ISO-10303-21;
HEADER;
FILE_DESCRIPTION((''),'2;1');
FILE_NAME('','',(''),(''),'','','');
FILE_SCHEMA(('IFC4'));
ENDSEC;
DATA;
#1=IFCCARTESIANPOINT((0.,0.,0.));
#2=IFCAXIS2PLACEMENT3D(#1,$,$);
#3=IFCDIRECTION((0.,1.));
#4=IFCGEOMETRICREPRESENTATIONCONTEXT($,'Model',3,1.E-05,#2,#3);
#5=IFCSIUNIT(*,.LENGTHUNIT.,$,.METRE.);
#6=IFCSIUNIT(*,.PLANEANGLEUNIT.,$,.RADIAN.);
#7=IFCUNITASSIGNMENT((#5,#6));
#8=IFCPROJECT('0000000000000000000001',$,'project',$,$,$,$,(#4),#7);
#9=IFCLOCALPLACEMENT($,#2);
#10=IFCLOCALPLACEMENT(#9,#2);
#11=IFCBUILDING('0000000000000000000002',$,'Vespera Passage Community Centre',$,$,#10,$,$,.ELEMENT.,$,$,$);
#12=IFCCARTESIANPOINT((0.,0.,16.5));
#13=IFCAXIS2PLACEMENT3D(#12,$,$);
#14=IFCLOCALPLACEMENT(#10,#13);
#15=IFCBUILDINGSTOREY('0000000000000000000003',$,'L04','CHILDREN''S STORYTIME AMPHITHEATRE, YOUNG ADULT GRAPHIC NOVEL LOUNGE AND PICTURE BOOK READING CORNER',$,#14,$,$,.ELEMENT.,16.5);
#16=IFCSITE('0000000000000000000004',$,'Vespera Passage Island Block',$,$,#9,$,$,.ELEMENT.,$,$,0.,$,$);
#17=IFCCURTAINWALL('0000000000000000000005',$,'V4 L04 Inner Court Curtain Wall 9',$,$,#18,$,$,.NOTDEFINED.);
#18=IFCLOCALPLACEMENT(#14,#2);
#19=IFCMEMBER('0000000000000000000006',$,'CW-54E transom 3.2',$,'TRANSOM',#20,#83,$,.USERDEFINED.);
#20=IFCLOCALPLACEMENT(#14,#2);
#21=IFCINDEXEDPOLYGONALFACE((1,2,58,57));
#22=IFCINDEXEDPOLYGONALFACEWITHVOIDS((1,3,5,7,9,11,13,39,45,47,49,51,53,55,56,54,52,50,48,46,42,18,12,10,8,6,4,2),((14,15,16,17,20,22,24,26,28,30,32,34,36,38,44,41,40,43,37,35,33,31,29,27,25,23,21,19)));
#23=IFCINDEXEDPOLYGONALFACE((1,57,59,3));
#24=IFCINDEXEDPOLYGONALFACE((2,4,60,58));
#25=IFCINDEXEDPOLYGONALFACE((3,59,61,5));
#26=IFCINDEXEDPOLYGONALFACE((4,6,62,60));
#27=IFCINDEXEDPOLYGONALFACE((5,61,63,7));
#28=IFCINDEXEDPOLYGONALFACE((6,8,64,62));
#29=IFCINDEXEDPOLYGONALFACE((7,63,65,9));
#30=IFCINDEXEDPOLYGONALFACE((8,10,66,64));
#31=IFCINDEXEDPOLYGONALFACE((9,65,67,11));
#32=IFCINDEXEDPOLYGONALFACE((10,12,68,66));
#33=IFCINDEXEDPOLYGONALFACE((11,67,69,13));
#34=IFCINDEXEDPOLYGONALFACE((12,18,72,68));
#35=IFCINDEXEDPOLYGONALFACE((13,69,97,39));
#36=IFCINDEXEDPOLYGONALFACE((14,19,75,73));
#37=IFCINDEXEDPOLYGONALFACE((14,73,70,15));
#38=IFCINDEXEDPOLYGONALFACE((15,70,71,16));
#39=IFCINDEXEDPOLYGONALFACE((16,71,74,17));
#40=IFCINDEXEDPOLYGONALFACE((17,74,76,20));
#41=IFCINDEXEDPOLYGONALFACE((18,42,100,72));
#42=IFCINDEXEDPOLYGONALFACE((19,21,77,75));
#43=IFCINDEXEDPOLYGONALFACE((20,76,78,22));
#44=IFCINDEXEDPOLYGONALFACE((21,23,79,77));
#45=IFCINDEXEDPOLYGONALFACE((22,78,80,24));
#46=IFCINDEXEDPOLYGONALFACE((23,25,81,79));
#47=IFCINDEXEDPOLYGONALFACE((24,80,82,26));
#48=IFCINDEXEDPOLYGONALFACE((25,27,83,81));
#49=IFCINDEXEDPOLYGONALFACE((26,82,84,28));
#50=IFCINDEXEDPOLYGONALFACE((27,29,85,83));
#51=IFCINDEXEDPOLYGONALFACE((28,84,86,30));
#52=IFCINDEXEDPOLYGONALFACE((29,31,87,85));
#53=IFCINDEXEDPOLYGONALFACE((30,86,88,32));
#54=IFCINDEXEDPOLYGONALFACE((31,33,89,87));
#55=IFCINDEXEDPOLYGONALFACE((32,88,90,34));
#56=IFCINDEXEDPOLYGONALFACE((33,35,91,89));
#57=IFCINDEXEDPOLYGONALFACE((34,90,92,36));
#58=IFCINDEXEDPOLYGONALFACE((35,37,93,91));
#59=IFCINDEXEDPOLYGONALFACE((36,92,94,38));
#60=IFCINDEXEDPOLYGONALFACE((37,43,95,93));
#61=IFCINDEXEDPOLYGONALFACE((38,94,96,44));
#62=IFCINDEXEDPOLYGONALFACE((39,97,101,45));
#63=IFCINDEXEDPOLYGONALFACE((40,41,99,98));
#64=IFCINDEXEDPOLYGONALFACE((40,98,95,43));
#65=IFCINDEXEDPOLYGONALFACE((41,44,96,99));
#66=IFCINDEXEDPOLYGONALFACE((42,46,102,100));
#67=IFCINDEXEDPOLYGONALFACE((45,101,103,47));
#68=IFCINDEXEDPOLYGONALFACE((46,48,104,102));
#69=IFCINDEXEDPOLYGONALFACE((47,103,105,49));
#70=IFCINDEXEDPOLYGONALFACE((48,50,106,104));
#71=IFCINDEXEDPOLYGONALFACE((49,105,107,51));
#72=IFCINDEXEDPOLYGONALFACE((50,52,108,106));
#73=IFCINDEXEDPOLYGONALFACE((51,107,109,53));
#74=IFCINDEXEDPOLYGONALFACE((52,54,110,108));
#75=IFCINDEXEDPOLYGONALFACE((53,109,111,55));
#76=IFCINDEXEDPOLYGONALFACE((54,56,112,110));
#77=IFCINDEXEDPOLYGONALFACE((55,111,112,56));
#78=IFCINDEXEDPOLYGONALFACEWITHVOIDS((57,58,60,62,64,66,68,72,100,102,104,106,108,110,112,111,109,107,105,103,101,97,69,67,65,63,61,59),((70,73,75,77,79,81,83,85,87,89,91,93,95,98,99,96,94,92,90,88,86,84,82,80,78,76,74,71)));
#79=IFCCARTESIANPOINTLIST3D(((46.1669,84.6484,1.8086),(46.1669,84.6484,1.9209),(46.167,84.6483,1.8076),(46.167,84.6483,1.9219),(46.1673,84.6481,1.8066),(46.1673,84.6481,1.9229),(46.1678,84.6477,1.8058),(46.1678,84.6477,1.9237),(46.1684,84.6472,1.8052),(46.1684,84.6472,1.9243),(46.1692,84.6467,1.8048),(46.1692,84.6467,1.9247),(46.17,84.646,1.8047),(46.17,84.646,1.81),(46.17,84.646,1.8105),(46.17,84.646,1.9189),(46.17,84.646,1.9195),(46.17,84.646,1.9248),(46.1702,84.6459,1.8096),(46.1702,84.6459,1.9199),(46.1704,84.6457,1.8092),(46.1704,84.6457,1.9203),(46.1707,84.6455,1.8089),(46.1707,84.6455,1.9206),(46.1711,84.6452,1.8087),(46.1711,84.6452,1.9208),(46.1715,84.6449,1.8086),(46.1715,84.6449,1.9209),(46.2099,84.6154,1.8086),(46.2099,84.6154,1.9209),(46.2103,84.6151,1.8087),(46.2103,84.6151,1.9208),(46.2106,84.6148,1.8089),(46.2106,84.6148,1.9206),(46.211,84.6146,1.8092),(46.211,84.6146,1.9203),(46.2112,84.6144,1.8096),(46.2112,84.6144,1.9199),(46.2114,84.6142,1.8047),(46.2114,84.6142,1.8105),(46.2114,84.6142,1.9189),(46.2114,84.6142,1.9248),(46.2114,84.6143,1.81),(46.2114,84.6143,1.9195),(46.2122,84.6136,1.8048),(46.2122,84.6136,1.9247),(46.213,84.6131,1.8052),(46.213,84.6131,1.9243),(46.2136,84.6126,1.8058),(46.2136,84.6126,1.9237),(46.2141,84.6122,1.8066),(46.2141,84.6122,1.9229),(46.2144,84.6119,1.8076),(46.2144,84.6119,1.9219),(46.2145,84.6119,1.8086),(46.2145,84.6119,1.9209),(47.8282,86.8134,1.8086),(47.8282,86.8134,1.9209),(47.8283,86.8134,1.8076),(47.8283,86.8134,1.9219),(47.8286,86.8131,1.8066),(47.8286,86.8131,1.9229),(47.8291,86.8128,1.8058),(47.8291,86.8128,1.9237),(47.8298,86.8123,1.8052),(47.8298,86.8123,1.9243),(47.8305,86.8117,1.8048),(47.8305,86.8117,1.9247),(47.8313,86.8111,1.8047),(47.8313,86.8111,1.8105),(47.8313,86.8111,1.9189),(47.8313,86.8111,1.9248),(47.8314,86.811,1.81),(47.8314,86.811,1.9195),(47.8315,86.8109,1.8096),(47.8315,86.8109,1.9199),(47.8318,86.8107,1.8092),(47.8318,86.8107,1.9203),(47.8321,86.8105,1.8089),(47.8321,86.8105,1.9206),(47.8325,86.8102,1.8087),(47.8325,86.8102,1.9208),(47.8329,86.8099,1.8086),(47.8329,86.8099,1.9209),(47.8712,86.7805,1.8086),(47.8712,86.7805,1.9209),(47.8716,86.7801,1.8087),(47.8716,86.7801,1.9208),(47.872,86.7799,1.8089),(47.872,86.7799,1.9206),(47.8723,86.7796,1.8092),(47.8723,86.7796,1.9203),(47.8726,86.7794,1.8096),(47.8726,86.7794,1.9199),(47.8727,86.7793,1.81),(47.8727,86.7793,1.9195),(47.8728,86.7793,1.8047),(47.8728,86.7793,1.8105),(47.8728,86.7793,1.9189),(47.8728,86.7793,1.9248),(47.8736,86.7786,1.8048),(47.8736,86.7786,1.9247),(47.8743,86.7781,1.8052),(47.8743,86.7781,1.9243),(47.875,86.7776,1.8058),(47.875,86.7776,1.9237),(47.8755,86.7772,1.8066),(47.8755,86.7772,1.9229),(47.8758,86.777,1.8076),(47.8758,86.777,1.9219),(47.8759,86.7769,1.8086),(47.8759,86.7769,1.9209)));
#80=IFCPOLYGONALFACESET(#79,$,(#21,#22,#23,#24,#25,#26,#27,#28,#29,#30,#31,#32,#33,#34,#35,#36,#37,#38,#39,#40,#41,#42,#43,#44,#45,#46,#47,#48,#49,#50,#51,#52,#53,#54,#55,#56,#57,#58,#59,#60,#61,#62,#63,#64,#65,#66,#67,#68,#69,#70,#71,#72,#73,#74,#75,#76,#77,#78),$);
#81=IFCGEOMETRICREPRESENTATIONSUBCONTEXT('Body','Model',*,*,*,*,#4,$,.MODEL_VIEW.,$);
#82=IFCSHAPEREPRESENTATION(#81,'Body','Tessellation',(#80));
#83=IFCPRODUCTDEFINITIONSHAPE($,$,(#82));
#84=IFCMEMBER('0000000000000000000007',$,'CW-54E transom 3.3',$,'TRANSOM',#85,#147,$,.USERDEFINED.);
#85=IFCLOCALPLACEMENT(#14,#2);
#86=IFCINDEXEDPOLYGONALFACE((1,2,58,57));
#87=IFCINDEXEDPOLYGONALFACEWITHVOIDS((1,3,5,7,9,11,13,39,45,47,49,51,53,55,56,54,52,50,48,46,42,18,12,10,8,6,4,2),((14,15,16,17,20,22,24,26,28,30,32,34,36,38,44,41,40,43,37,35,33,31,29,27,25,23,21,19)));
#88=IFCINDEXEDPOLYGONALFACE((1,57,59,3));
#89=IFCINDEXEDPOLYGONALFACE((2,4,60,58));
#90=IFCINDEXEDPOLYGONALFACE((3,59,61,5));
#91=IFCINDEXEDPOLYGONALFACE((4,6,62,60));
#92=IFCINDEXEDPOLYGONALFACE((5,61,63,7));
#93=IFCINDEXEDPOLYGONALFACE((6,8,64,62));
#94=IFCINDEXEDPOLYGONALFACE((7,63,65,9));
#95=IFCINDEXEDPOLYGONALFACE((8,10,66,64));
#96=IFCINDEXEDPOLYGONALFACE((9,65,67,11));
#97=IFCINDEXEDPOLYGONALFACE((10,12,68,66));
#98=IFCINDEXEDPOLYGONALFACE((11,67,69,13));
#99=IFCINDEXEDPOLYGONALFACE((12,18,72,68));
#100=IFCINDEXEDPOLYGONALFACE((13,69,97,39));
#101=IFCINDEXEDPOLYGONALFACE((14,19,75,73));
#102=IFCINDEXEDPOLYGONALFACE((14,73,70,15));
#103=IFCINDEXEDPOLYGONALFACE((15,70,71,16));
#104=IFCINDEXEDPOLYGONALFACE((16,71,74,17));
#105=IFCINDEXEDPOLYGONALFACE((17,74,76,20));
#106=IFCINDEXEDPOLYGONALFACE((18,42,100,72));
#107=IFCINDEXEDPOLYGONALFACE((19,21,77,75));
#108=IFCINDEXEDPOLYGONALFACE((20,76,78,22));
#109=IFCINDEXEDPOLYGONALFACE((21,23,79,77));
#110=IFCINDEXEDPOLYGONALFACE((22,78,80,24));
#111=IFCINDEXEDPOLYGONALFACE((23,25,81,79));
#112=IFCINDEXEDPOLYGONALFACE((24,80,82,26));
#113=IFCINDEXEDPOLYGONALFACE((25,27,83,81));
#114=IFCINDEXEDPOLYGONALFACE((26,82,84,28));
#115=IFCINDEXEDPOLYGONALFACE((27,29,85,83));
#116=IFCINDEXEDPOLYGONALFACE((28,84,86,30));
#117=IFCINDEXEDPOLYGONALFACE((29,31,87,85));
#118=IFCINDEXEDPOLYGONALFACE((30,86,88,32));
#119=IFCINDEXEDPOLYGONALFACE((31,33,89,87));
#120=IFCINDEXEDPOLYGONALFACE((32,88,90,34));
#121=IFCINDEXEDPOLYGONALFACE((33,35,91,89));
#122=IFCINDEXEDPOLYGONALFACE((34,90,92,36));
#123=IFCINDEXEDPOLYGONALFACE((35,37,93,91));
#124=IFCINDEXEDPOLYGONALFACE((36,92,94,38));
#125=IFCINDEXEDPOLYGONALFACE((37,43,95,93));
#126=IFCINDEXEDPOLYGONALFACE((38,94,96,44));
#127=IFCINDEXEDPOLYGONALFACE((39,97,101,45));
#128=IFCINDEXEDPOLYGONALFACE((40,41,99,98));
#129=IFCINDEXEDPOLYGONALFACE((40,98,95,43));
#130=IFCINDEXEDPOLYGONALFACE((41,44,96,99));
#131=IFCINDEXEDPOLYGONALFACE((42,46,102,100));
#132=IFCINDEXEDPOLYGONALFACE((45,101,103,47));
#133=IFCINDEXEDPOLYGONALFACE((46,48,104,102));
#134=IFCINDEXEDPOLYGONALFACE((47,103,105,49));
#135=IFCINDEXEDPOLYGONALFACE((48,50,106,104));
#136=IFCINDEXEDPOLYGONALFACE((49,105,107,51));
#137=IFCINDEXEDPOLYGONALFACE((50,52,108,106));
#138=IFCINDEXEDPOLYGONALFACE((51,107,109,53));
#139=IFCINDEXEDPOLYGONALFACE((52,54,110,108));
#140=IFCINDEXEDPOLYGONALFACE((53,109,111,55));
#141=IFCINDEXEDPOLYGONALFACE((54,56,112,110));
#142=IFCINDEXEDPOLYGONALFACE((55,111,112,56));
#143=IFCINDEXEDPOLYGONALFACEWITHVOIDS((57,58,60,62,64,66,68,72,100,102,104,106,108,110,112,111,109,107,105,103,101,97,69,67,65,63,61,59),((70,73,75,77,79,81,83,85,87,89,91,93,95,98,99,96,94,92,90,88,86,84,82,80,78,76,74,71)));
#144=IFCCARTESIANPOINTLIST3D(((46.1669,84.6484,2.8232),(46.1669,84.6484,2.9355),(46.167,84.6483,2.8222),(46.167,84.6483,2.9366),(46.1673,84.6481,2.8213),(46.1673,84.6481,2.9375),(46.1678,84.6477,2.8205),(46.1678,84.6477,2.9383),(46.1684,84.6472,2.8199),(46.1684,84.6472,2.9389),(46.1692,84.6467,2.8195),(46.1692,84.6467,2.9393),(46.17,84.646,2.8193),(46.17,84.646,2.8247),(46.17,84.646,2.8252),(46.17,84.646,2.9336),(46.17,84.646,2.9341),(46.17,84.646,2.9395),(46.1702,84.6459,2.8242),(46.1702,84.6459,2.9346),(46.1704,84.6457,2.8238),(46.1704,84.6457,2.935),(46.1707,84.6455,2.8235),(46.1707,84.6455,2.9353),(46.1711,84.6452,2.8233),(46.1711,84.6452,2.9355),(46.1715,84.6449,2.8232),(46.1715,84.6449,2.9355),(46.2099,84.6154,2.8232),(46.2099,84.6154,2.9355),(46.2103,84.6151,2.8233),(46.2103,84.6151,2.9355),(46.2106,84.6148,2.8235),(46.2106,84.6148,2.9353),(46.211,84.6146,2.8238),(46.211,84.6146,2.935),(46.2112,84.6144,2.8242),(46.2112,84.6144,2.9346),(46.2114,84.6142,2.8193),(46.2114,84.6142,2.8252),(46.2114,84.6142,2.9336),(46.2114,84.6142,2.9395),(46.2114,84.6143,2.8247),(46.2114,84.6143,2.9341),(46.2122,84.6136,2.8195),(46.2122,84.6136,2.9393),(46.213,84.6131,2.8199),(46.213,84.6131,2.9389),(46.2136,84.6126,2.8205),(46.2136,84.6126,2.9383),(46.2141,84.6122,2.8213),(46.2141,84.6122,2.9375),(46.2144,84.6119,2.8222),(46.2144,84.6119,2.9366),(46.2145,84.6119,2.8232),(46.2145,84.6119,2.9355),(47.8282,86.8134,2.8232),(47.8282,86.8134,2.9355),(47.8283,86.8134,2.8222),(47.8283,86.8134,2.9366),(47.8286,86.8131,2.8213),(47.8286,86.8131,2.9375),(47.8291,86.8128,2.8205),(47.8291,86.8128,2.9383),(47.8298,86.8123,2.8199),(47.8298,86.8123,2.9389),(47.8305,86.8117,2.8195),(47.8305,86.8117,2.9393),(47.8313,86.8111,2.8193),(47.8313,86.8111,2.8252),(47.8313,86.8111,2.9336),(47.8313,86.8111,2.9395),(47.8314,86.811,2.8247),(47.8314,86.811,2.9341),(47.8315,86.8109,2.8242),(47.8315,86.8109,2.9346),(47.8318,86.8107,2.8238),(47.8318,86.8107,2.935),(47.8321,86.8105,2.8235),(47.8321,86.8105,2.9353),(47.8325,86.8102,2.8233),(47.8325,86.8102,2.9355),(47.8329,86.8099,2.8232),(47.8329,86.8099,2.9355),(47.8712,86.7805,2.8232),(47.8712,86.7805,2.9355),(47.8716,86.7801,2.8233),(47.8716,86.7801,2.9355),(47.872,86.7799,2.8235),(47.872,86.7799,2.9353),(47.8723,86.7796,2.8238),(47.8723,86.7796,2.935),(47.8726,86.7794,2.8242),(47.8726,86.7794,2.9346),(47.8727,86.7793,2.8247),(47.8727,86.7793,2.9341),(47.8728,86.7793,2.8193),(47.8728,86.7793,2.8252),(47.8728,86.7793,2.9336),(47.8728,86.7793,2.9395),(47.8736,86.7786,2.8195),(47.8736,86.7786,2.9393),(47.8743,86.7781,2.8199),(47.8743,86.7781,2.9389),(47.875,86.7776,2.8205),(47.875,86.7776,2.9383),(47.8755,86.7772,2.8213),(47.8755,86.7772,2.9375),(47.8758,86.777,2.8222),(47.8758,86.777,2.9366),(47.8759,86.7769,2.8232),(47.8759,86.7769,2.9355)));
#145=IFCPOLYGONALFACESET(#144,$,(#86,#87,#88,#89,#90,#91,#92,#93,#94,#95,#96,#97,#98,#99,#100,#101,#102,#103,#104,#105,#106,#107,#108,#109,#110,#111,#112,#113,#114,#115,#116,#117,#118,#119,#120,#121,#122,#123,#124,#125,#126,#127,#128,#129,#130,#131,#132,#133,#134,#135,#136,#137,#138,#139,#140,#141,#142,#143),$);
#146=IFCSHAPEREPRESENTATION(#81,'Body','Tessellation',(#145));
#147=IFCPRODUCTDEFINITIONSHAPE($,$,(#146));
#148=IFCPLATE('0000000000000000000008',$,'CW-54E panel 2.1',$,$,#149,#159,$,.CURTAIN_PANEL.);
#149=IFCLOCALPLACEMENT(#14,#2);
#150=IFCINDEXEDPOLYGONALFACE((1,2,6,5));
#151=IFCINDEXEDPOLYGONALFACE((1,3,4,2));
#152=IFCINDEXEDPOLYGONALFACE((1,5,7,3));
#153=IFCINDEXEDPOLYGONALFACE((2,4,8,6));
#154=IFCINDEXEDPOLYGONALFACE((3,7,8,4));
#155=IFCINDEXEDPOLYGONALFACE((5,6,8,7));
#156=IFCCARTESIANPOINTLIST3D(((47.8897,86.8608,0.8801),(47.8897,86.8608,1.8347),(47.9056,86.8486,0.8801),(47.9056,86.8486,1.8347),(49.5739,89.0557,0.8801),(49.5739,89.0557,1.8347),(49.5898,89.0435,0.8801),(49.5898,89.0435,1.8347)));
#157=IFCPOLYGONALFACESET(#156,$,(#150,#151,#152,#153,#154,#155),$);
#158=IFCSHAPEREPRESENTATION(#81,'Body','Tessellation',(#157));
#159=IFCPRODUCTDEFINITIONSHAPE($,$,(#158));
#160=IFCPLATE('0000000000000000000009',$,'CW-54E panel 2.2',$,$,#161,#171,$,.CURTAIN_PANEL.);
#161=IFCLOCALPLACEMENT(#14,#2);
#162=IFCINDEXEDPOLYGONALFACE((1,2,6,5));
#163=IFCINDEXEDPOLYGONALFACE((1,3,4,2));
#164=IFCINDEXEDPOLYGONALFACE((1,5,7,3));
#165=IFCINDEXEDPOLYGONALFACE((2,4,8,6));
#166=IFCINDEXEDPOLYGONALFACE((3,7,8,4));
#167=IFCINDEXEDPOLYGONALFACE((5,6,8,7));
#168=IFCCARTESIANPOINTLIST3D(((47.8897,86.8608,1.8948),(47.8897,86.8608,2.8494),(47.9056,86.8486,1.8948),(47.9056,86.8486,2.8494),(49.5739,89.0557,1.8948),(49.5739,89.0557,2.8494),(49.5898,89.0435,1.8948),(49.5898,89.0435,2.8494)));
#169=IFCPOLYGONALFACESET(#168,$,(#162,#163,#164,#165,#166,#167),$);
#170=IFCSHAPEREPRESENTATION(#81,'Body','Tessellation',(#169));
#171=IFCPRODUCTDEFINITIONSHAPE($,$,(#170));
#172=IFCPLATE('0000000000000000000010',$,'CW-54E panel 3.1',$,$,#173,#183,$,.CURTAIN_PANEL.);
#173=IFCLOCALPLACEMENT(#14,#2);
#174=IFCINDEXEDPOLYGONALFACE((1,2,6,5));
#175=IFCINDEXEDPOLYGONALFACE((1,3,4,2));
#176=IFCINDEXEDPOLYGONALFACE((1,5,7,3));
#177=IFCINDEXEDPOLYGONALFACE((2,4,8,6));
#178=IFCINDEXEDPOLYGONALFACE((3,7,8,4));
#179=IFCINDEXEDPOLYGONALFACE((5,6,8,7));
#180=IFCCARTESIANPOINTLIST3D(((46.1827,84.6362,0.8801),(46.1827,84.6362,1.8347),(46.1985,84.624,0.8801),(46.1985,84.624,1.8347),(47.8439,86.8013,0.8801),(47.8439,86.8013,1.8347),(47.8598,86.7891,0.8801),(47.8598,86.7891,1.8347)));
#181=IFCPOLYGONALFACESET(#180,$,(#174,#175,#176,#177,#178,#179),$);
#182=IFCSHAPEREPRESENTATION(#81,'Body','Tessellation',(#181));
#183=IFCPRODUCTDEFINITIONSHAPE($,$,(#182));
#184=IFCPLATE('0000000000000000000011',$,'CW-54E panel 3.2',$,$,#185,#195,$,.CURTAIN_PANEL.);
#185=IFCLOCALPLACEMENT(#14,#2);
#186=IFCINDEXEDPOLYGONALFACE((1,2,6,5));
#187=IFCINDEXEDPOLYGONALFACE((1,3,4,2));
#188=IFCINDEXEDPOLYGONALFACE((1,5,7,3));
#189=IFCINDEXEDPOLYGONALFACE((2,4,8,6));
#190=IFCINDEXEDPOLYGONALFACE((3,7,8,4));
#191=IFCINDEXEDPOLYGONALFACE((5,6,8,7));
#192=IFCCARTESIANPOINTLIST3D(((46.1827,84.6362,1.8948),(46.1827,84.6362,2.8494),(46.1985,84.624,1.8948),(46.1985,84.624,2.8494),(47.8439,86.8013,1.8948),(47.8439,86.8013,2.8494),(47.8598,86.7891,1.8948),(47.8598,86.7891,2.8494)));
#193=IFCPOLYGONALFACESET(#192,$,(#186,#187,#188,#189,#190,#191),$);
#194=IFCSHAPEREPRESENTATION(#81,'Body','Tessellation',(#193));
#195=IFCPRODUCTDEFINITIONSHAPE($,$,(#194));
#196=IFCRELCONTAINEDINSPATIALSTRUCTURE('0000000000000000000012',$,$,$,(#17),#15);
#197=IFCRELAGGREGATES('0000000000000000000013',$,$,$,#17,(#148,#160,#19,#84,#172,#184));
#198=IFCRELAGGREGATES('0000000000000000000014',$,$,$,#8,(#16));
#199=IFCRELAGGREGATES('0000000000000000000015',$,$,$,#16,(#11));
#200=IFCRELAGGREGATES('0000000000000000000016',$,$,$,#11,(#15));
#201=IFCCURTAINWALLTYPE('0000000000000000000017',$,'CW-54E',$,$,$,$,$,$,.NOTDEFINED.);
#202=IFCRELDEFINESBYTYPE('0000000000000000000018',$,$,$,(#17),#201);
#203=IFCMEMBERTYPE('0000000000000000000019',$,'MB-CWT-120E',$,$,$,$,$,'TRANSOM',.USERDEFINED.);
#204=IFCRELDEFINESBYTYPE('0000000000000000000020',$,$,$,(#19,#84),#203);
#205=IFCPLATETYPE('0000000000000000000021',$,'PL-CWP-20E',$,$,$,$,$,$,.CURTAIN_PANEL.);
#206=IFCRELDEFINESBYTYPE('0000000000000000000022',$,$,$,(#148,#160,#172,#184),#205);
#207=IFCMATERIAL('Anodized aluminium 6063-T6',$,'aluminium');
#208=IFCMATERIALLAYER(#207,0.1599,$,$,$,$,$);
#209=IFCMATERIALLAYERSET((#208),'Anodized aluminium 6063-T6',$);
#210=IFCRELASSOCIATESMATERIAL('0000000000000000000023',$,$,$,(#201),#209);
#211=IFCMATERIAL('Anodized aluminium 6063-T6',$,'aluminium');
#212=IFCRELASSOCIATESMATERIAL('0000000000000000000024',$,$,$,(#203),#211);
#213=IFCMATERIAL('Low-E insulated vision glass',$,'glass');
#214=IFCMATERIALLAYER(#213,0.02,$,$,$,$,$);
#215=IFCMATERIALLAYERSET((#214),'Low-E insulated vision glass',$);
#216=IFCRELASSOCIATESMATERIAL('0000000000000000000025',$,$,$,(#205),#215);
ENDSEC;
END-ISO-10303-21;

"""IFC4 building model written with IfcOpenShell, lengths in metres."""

from ifc_helpers import new_model, si_unit, direction, frame, origin, origin_2d, place, context, subcontext, project, spatial, rectangle, hollow_rectangle, extrude, material, layer, layer_set, material_profile, profile_set, type_object, element, aggregate, save


model = new_model("IFC4")

# Units and contexts
model_context = context("Model", 3, precision=1e-05, world=origin(), true_north=direction((0.0, 1.0)))
body_context = subcontext(model_context, "Body", "Model", "MODEL_VIEW")
ifc_project = project(units=[si_unit("LENGTHUNIT", "METRE"), si_unit("PLANEANGLEUNIT", "RADIAN")], contexts=[model_context])

# Site, building, storey
site_placement = place(None, origin())
site = spatial("IfcSite", under=ifc_project, at=site_placement, Name="Vespera Passage Island Block", CompositionType="ELEMENT", RefElevation=0.0)
building_placement = place(site_placement, origin())
building = spatial("IfcBuilding", under=site, at=building_placement, Name="Vespera Passage Community Centre", CompositionType="ELEMENT")
storey_placement = place(building_placement, frame((0.0, 0.0, 16.5)))
storey = spatial("IfcBuildingStorey", under=building, at=storey_placement, Name="L04", Description="CHILDREN'S STORYTIME AMPHITHEATRE, YOUNG ADULT GRAPHIC NOVEL LOUNGE AND PICTURE BOOK READING CORNER", CompositionType="ELEMENT", Elevation=16.5)

# Curtain wall, members, plates
ifc_material_1 = material(Name="Anodized aluminium 6063-T6", Category="aluminium")
ifc_layer_1 = layer(ifc_material_1, 0.1599)
ifc_layer_set_1 = layer_set([ifc_layer_1], Name="Anodized aluminium 6063-T6")
curtain_wall_type = type_object("IfcCurtainWallType", Name="CW-54E", PredefinedType="NOTDEFINED", material=ifc_layer_set_1)
curtain_wall_placement = place(storey_placement, origin())
curtain_wall = element("IfcCurtainWall", 1, at=curtain_wall_placement, inside=storey, type_object=curtain_wall_type, Name="V4 L04 Inner Court Curtain Wall 9", PredefinedType="NOTDEFINED")
ifc_material_2 = material(Name="Anodized aluminium 6063-T6", Category="aluminium")
ifc_material_profile_1 = material_profile(ifc_material_2, hollow_rectangle(XDim=0.0601, YDim=0.1201, WallThickness=0.0039, InnerFilletRadius=0.002, OuterFilletRadius=0.0039, at=origin_2d()), Name="ALU120X60X4")
ifc_profile_set_1 = profile_set([ifc_material_profile_1], Name="Anodized aluminium 6063-T6")
member_type_1 = type_object("IfcMemberType", Name="MB-CWT-120E", ElementType="TRANSOM", PredefinedType="USERDEFINED", material=ifc_profile_set_1)
member_1_placement = place(storey_placement, frame((47.8521, 86.7952, 1.8647), z_axis=(-0.608781, -0.793338, 0.0), x_axis=(0.793338, -0.608781, 0.0)))
member_1 = element("IfcMember", 2, at=member_1_placement, type_object=member_type_1, Name="CW-54E transom 3.2", ObjectType="TRANSOM", PredefinedType="USERDEFINED", context=body_context, shape_type="SweptSolid", body=[
    extrude(hollow_rectangle(XDim=0.0601, YDim=0.1201, WallThickness=0.0039, InnerFilletRadius=0.002, OuterFilletRadius=0.0039, at=origin_2d()), origin(), (0.0, 0.0, 1.0), 2.729),
])
member_2_placement = place(storey_placement, frame((47.8521, 86.7952, 2.8794), z_axis=(-0.608781, -0.793338, 0.0), x_axis=(0.793338, -0.608781, 0.0)))
member_2 = element("IfcMember", 3, at=member_2_placement, type_object=member_type_1, Name="CW-54E transom 3.3", ObjectType="TRANSOM", PredefinedType="USERDEFINED", context=body_context, shape_type="SweptSolid", body=[
    extrude(hollow_rectangle(XDim=0.0601, YDim=0.1201, WallThickness=0.0039, InnerFilletRadius=0.002, OuterFilletRadius=0.0039, at=origin_2d()), origin(), (0.0, 0.0, 1.0), 2.729),
])
ifc_material_3 = material(Name="Low-E insulated vision glass", Category="glass")
ifc_layer_2 = layer(ifc_material_3, 0.02)
ifc_layer_set_2 = layer_set([ifc_layer_2], Name="Low-E insulated vision glass")
plate_type = type_object("IfcPlateType", Name="PL-CWP-20E", PredefinedType="CURTAIN_PANEL", material=ifc_layer_set_2)
plate_1_placement = place(storey_placement, frame((48.7397, 87.9521, 0.8801), z_axis=(0.0, 0.0, 1.0), x_axis=(-0.608755, -0.793358, 0.0)))
plate_1 = element("IfcPlate", 4, at=plate_1_placement, type_object=plate_type, Name="CW-54E panel 2.1", PredefinedType="CURTAIN_PANEL", context=body_context, shape_type="SweptSolid", body=[
    extrude(rectangle(XDim=2.7666, YDim=0.02, at=origin_2d()), origin(), (0.0, 0.0, 1.0), 0.9546),
])
plate_2_placement = place(storey_placement, frame((48.7397, 87.9521, 1.8948), z_axis=(0.0, 0.0, 1.0), x_axis=(-0.608755, -0.793358, 0.0)))
plate_2 = element("IfcPlate", 5, at=plate_2_placement, type_object=plate_type, Name="CW-54E panel 2.2", PredefinedType="CURTAIN_PANEL", context=body_context, shape_type="SweptSolid", body=[
    extrude(rectangle(XDim=2.7666, YDim=0.02, at=origin_2d()), origin(), (0.0, 0.0, 1.0), 0.9546),
])
plate_3_placement = place(storey_placement, frame((47.0212, 85.7126, 0.8801), z_axis=(0.0, 0.0, 1.0), x_axis=(-0.608755, -0.793358, 0.0)))
plate_3 = element("IfcPlate", 6, at=plate_3_placement, type_object=plate_type, Name="CW-54E panel 3.1", PredefinedType="CURTAIN_PANEL", context=body_context, shape_type="SweptSolid", body=[
    extrude(rectangle(XDim=2.729, YDim=0.02, at=origin_2d()), origin(), (0.0, 0.0, 1.0), 0.9546),
])
plate_4_placement = place(storey_placement, frame((47.0212, 85.7126, 1.8948), z_axis=(0.0, 0.0, 1.0), x_axis=(-0.608755, -0.793358, 0.0)))
plate_4 = element("IfcPlate", 7, at=plate_4_placement, type_object=plate_type, Name="CW-54E panel 3.2", PredefinedType="CURTAIN_PANEL", context=body_context, shape_type="SweptSolid", body=[
    extrude(rectangle(XDim=2.729, YDim=0.02, at=origin_2d()), origin(), (0.0, 0.0, 1.0), 0.9546),
])
aggregate(curtain_wall, [plate_1, plate_2, member_1, member_2, plate_3, plate_4])

save(model, "model.ifc")
